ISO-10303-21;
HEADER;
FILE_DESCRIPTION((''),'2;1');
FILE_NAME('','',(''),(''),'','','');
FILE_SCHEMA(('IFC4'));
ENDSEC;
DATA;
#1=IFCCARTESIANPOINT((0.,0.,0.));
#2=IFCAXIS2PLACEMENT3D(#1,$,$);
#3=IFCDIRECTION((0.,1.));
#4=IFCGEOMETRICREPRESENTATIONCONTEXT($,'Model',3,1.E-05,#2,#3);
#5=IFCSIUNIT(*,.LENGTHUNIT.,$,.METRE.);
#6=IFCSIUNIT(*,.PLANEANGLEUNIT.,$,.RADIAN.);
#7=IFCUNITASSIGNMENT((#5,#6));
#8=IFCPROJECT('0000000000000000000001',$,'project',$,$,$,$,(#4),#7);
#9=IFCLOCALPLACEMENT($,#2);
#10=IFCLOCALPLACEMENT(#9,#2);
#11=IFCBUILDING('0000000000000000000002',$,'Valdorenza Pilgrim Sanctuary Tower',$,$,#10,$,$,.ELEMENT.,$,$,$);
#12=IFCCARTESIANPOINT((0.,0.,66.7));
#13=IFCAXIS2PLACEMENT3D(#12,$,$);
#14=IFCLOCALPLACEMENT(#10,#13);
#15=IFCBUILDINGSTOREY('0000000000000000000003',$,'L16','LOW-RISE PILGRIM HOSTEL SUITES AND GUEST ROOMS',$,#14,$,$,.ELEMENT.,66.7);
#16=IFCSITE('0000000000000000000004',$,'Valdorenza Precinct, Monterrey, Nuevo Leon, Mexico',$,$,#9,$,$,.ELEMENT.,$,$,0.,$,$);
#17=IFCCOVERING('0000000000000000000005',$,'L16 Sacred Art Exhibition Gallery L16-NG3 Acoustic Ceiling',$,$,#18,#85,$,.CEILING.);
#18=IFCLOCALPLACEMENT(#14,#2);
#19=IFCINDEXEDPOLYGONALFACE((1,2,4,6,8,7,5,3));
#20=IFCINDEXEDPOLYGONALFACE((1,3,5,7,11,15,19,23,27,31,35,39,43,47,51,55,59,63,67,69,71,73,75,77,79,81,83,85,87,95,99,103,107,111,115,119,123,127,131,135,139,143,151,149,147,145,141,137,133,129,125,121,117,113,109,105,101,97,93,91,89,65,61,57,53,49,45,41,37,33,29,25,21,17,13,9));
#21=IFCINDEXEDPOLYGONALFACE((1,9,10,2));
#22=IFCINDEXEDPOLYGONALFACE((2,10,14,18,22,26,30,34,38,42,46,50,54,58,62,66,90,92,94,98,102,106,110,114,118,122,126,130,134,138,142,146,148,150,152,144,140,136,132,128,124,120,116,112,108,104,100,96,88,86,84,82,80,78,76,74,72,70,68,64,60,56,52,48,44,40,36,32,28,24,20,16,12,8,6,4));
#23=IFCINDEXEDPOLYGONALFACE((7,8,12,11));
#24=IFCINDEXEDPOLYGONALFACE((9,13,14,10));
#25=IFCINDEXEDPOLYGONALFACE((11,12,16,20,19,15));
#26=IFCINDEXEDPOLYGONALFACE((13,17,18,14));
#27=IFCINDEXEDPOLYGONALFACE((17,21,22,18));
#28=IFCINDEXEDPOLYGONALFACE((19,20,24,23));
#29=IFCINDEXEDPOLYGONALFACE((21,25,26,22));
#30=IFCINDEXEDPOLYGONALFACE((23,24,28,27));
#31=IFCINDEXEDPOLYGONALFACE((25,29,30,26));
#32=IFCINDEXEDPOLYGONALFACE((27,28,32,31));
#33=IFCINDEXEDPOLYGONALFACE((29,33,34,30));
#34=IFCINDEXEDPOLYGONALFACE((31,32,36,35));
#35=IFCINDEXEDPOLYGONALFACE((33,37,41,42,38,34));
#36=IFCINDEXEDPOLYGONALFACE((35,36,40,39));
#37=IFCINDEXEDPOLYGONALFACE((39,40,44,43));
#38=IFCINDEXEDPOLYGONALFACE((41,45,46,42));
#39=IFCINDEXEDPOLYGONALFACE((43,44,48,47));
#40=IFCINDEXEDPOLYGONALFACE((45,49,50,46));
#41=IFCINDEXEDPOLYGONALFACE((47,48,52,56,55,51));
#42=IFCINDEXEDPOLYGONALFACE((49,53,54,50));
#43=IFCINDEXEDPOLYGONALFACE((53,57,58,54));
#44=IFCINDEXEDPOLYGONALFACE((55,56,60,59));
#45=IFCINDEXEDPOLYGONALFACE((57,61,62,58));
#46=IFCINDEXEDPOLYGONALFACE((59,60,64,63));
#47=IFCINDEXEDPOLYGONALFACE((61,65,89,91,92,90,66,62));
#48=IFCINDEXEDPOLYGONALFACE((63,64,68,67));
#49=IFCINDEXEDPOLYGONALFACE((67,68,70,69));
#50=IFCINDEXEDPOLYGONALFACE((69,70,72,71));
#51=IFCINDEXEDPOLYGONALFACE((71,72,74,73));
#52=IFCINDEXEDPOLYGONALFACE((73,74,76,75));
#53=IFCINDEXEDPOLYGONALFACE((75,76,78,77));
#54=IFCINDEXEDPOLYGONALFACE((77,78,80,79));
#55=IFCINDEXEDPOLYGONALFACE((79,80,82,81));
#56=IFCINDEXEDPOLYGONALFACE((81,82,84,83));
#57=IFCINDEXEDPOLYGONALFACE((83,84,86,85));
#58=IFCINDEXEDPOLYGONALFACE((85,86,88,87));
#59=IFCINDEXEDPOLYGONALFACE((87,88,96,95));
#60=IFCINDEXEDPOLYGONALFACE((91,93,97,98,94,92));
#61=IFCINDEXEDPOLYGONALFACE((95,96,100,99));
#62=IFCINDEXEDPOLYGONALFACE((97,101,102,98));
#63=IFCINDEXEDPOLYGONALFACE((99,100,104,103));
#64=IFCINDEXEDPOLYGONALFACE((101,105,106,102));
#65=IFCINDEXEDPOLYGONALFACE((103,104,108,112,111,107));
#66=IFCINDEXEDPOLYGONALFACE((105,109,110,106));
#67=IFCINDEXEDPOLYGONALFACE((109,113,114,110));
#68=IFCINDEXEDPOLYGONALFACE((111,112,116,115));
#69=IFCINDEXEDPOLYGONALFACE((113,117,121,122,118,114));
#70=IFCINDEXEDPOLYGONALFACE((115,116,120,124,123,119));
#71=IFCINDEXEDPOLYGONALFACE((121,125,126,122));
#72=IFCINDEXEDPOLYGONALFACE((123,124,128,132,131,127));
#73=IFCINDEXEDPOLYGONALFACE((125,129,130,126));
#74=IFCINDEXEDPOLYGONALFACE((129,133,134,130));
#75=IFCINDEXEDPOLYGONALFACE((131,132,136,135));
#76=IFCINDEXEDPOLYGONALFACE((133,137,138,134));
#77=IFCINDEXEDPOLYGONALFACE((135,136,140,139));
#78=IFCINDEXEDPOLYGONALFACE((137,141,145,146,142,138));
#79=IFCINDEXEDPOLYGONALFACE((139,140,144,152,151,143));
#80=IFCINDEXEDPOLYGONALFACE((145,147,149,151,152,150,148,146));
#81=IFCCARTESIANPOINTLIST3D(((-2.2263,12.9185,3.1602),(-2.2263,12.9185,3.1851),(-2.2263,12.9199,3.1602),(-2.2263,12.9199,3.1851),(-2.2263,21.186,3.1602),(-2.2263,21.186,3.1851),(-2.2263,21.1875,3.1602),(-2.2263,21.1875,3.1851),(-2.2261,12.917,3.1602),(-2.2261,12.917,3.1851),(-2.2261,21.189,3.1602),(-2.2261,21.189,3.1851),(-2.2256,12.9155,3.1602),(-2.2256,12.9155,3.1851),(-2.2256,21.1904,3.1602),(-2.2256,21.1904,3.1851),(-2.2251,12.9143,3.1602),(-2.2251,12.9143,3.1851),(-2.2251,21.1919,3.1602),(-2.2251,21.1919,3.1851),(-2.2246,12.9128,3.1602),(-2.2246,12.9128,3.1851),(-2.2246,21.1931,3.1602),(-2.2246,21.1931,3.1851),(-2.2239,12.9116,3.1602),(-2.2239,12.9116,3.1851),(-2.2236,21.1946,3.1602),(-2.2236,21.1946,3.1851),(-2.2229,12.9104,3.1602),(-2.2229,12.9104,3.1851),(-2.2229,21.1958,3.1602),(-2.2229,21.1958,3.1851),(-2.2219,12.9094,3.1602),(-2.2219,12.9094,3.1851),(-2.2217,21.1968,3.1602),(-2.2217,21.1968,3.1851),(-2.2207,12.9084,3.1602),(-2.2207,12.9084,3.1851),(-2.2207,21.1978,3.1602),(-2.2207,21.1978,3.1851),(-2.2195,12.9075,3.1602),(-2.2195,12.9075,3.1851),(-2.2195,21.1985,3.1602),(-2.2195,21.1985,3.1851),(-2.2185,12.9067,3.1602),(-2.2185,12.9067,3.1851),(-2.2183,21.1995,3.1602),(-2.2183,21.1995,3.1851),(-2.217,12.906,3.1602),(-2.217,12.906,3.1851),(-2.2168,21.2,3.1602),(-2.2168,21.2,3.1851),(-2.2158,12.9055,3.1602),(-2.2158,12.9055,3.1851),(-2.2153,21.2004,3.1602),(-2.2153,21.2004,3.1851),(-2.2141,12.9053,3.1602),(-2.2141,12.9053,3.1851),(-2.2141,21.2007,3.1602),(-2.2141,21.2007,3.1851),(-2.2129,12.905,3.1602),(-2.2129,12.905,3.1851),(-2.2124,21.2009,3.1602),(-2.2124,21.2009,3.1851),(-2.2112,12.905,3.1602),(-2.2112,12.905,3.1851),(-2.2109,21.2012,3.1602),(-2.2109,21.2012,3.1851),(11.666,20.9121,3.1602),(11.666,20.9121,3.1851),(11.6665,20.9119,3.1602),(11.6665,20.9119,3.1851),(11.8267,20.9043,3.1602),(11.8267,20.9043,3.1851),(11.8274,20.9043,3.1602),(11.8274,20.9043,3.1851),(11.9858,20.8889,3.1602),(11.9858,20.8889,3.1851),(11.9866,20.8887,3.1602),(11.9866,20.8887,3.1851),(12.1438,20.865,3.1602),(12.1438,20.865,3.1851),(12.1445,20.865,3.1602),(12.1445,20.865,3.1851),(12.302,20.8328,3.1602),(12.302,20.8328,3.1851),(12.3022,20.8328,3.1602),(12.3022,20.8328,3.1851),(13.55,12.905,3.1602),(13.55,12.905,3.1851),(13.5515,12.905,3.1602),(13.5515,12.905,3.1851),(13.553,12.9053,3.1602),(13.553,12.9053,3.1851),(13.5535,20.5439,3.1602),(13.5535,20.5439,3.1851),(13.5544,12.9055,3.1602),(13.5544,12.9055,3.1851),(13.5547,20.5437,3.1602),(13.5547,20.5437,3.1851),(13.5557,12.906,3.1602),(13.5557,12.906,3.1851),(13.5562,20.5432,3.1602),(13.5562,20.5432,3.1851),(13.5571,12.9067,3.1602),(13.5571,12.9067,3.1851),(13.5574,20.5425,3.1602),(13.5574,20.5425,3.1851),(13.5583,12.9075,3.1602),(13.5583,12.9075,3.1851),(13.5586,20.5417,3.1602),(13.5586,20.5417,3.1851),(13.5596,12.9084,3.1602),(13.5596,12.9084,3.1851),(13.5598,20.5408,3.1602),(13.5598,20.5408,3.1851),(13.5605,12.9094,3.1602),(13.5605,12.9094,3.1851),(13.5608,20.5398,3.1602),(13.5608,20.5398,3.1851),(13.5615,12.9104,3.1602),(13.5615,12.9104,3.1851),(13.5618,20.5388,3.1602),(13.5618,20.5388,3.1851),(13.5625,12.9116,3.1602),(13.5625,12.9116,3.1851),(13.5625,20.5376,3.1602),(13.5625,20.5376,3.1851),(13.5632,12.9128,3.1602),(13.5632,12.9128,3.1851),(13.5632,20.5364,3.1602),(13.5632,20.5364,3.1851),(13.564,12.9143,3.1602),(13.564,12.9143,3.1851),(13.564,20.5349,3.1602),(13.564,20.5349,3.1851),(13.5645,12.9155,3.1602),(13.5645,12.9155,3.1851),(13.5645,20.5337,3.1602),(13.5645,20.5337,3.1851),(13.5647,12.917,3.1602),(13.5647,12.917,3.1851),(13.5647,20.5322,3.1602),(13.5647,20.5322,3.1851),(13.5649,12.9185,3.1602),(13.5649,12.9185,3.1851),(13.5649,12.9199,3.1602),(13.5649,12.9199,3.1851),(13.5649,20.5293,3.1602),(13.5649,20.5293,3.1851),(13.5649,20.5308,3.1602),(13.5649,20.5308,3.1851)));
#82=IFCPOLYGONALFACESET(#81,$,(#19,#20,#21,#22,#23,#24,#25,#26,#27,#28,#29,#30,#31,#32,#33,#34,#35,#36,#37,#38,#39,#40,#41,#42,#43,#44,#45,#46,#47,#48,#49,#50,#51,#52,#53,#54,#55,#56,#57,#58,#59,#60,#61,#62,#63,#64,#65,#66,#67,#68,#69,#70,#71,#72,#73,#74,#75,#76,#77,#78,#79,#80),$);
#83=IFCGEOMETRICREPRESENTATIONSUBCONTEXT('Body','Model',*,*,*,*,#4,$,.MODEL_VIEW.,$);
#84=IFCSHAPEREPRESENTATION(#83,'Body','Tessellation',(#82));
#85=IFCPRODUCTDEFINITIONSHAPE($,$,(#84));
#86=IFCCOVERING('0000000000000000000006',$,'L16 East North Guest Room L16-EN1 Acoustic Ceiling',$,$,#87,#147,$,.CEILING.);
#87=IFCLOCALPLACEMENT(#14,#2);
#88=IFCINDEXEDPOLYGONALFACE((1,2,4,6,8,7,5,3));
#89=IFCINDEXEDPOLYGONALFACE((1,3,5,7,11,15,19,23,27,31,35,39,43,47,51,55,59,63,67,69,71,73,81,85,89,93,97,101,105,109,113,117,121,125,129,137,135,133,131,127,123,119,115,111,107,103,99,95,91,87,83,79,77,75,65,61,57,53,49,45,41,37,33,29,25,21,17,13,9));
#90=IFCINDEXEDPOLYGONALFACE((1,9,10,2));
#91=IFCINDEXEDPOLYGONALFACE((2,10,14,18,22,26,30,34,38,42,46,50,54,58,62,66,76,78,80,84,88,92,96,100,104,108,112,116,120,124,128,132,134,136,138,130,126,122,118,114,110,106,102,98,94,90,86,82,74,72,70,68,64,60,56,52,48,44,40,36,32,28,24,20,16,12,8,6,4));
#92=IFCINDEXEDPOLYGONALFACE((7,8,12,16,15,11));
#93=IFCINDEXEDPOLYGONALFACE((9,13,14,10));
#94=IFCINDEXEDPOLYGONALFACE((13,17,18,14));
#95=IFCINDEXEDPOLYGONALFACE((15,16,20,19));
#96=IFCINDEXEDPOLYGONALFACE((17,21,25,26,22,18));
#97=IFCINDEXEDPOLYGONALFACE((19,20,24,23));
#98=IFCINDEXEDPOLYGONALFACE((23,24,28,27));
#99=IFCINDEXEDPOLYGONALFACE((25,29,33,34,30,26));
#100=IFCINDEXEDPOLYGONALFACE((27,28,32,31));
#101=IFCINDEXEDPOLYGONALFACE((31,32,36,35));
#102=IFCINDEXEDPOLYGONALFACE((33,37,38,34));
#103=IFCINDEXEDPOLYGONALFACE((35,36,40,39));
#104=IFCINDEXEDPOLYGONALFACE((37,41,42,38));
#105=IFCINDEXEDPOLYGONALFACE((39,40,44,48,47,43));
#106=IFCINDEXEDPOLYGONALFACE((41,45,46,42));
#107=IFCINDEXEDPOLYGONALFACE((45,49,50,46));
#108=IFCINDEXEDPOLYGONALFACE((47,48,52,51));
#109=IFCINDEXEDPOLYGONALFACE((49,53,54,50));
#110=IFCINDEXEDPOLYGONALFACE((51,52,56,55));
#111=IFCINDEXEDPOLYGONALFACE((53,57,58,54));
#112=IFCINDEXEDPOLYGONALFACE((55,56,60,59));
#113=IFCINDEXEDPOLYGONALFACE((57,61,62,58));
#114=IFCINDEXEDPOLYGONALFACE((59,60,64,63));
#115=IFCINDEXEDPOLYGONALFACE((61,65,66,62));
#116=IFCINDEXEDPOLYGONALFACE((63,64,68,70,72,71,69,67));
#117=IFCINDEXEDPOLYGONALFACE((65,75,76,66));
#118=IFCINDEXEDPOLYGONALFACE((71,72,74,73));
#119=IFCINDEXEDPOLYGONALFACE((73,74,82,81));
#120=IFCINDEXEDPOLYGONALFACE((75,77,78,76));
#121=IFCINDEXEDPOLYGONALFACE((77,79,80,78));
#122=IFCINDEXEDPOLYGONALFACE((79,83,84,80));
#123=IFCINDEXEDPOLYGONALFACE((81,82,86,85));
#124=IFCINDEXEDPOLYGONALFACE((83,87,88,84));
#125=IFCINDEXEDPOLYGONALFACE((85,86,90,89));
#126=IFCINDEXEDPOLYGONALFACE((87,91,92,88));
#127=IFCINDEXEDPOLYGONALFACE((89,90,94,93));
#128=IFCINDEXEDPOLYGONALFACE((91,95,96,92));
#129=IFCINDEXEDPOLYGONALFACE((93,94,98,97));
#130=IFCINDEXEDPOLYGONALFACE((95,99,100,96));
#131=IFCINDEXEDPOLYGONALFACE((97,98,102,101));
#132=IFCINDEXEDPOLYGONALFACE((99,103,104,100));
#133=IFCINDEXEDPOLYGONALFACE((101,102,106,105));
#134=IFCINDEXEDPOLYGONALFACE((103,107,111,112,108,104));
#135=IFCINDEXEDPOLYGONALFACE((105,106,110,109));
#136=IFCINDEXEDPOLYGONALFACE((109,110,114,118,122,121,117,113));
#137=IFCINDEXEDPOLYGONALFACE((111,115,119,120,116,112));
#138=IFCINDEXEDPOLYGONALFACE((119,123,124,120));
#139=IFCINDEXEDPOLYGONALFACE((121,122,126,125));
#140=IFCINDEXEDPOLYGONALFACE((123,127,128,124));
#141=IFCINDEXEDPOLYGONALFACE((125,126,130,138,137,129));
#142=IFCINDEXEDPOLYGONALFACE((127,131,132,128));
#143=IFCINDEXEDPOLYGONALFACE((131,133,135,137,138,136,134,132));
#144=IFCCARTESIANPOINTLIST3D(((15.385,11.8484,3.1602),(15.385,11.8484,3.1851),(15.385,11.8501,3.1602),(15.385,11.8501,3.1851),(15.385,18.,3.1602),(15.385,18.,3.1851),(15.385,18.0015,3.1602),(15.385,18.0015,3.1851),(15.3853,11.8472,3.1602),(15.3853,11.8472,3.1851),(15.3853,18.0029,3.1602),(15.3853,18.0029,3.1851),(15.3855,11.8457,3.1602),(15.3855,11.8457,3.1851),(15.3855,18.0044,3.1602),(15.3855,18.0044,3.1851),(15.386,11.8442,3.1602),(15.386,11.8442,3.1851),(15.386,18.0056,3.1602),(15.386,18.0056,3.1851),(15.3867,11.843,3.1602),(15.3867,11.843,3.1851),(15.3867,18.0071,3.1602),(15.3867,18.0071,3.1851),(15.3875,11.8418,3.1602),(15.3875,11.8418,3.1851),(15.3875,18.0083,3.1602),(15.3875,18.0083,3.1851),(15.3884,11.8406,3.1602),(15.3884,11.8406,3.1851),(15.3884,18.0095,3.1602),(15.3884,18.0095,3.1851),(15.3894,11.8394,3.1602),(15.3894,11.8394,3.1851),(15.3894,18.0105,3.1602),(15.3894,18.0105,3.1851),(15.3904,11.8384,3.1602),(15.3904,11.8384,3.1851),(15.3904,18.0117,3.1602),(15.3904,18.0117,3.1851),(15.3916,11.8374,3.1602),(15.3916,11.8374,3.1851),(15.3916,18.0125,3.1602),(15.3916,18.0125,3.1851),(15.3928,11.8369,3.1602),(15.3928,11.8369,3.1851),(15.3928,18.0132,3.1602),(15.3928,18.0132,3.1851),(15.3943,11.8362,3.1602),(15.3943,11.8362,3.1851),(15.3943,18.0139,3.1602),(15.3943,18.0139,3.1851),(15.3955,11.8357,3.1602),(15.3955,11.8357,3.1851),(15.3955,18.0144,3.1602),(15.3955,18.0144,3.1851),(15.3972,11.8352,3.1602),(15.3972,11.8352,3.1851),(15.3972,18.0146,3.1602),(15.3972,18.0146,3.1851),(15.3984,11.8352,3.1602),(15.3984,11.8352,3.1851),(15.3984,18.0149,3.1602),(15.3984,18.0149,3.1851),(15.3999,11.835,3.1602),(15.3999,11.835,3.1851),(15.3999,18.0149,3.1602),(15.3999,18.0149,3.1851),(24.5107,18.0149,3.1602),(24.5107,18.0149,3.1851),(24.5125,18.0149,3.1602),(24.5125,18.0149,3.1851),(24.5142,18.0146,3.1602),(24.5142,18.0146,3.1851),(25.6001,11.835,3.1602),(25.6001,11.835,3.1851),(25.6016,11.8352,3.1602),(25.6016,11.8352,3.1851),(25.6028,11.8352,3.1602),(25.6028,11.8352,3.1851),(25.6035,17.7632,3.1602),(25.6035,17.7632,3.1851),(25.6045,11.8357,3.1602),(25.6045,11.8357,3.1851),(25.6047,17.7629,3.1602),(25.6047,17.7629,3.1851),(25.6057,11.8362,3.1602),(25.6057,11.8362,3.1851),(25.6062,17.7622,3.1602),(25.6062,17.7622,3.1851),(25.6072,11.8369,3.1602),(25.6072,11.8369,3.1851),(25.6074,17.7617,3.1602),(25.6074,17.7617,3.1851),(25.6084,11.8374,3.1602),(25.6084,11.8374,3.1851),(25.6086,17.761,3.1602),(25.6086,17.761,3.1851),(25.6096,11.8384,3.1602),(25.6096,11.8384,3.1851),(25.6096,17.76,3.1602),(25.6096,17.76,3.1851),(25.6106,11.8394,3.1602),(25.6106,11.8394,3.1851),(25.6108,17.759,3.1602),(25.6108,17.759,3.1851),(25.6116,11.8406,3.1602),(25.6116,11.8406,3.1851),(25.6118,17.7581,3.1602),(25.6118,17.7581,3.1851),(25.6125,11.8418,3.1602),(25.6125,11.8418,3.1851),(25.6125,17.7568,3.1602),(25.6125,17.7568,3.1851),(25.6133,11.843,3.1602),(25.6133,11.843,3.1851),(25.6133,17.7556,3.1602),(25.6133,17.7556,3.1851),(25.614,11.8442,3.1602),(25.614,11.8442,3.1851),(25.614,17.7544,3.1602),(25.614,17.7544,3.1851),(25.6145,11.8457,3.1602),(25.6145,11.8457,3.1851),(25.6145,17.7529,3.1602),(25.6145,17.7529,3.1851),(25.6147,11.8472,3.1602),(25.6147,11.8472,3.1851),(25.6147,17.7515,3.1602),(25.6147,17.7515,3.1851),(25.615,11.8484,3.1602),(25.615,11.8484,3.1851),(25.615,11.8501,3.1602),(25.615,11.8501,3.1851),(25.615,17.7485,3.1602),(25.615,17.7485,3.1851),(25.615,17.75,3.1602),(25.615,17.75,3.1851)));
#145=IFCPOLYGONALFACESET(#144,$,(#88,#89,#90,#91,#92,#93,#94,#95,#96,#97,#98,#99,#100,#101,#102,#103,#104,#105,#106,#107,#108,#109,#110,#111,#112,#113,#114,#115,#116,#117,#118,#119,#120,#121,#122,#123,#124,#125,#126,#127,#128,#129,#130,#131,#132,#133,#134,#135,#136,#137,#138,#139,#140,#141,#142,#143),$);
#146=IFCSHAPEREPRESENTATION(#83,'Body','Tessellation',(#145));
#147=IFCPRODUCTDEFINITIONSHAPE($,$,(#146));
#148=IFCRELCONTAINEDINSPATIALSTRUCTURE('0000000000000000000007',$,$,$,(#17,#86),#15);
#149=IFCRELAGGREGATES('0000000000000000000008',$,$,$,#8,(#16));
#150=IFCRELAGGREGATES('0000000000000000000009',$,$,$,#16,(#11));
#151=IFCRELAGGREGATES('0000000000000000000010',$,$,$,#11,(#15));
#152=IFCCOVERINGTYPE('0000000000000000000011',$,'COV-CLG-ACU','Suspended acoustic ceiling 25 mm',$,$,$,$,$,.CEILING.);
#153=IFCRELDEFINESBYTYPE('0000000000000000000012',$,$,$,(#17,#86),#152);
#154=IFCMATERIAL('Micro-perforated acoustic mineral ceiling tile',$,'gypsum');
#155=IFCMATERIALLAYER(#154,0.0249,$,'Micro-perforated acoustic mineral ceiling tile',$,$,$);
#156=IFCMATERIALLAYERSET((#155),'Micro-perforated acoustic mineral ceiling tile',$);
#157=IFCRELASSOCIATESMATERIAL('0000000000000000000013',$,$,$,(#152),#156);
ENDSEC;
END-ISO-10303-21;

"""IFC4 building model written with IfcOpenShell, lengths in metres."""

from ifc_helpers import new_model, si_unit, direction, frame, origin, place, context, subcontext, project, spatial, polyline, outline, extrude, material, layer, layer_set, type_object, element, save


model = new_model("IFC4")

# Units and contexts
model_context = context("Model", 3, precision=1e-05, world=origin(), true_north=direction((0.0, 1.0)))
body_context = subcontext(model_context, "Body", "Model", "MODEL_VIEW")
ifc_project = project(units=[si_unit("LENGTHUNIT", "METRE"), si_unit("PLANEANGLEUNIT", "RADIAN")], contexts=[model_context])

# Site, building, storey
site_placement = place(None, origin())
site = spatial("IfcSite", under=ifc_project, at=site_placement, Name="Valdorenza Precinct, Monterrey, Nuevo Leon, Mexico", CompositionType="ELEMENT", RefElevation=0.0)
building_placement = place(site_placement, origin())
building = spatial("IfcBuilding", under=site, at=building_placement, Name="Valdorenza Pilgrim Sanctuary Tower", CompositionType="ELEMENT")
storey_placement = place(building_placement, frame((0.0, 0.0, 66.7)))
storey = spatial("IfcBuildingStorey", under=building, at=storey_placement, Name="L16", Description="LOW-RISE PILGRIM HOSTEL SUITES AND GUEST ROOMS", CompositionType="ELEMENT", Elevation=66.7)

# Coverings
ifc_material_1 = material(Name="Micro-perforated acoustic mineral ceiling tile", Category="gypsum")
ifc_layer_1 = layer(ifc_material_1, 0.0249, Name="Micro-perforated acoustic mineral ceiling tile")
ifc_layer_set_1 = layer_set([ifc_layer_1], Name="Micro-perforated acoustic mineral ceiling tile")
covering_type_1 = type_object("IfcCoveringType", Name="COV-CLG-ACU", Description="Suspended acoustic ceiling 25 mm", PredefinedType="CEILING", material=ifc_layer_set_1)
covering_1_placement = place(storey_placement, frame((0.0, 0.0, 3.1602)))
element("IfcCovering", 1, at=covering_1_placement, inside=storey, type_object=covering_type_1, Name="L16 Sacred Art Exhibition Gallery L16-NG3 Acoustic Ceiling", PredefinedType="CEILING", context=body_context, shape_type="SweptSolid", body=[
    extrude(outline(polyline([(-2.2112, 12.905), (-2.2129, 12.905), (-2.2141, 12.9053), (-2.2158, 12.9055), (-2.217, 12.906), (-2.2185, 12.9067), (-2.2195, 12.9075), (-2.2207, 12.9084), (-2.2219, 12.9094), (-2.2229, 12.9104), (-2.2239, 12.9116), (-2.2246, 12.9128), (-2.2251, 12.9143), (-2.2256, 12.9155), (-2.2261, 12.917), (-2.2263, 12.9185), (-2.2263, 12.9199), (-2.2263, 21.186), (-2.2263, 21.1875), (-2.2261, 21.189), (-2.2256, 21.1904), (-2.2251, 21.1919), (-2.2246, 21.1931), (-2.2236, 21.1946), (-2.2229, 21.1958), (-2.2217, 21.1968), (-2.2207, 21.1978), (-2.2195, 21.1985), (-2.2183, 21.1995), (-2.2168, 21.2), (-2.2153, 21.2004), (-2.2141, 21.2007), (-2.2124, 21.2009), (-2.2109, 21.2012), (11.666, 20.9121), (11.6665, 20.9119), (11.8267, 20.9043), (11.8274, 20.9043), (11.9858, 20.8889), (11.9866, 20.8887), (12.1438, 20.865), (12.1445, 20.865), (12.302, 20.8328), (12.3022, 20.8328), (13.5535, 20.5439), (13.5547, 20.5437), (13.5562, 20.5432), (13.5574, 20.5425), (13.5586, 20.5417), (13.5598, 20.5408), (13.5608, 20.5398), (13.5618, 20.5388), (13.5625, 20.5376), (13.5632, 20.5364), (13.564, 20.5349), (13.5645, 20.5337), (13.5647, 20.5322), (13.5649, 20.5308), (13.5649, 20.5293), (13.5649, 12.9199), (13.5649, 12.9185), (13.5647, 12.917), (13.5645, 12.9155), (13.564, 12.9143), (13.5632, 12.9128), (13.5625, 12.9116), (13.5615, 12.9104), (13.5605, 12.9094), (13.5596, 12.9084), (13.5583, 12.9075), (13.5571, 12.9067), (13.5557, 12.906), (13.5544, 12.9055), (13.553, 12.9053), (13.5515, 12.905), (13.55, 12.905), (-2.2112, 12.905)])), origin(), (0.0, 0.0, 1.0), 0.0249),
])
covering_2_placement = place(storey_placement, frame((0.0, 0.0, 3.1602)))
element("IfcCovering", 2, at=covering_2_placement, inside=storey, type_object=covering_type_1, Name="L16 East North Guest Room L16-EN1 Acoustic Ceiling", PredefinedType="CEILING", context=body_context, shape_type="SweptSolid", body=[
    extrude(outline(polyline([(24.5107, 18.0149), (24.5125, 18.0149), (24.5142, 18.0146), (25.6035, 17.7632), (25.6047, 17.7629), (25.6062, 17.7622), (25.6074, 17.7617), (25.6086, 17.761), (25.6096, 17.76), (25.6108, 17.759), (25.6118, 17.7581), (25.6125, 17.7568), (25.6133, 17.7556), (25.614, 17.7544), (25.6145, 17.7529), (25.6147, 17.7515), (25.615, 17.75), (25.615, 17.7485), (25.615, 11.8501), (25.615, 11.8484), (25.6147, 11.8472), (25.6145, 11.8457), (25.614, 11.8442), (25.6133, 11.843), (25.6125, 11.8418), (25.6116, 11.8406), (25.6106, 11.8394), (25.6096, 11.8384), (25.6084, 11.8374), (25.6072, 11.8369), (25.6057, 11.8362), (25.6045, 11.8357), (25.6028, 11.8352), (25.6016, 11.8352), (25.6001, 11.835), (15.3999, 11.835), (15.3984, 11.8352), (15.3972, 11.8352), (15.3955, 11.8357), (15.3943, 11.8362), (15.3928, 11.8369), (15.3916, 11.8374), (15.3904, 11.8384), (15.3894, 11.8394), (15.3884, 11.8406), (15.3875, 11.8418), (15.3867, 11.843), (15.386, 11.8442), (15.3855, 11.8457), (15.3853, 11.8472), (15.385, 11.8484), (15.385, 11.8501), (15.385, 18.0), (15.385, 18.0015), (15.3853, 18.0029), (15.3855, 18.0044), (15.386, 18.0056), (15.3867, 18.0071), (15.3875, 18.0083), (15.3884, 18.0095), (15.3894, 18.0105), (15.3904, 18.0117), (15.3916, 18.0125), (15.3928, 18.0132), (15.3943, 18.0139), (15.3955, 18.0144), (15.3972, 18.0146), (15.3984, 18.0149), (15.3999, 18.0149), (24.5107, 18.0149)])), origin(), (0.0, 0.0, 1.0), 0.0249),
])

save(model, "model.ifc")
